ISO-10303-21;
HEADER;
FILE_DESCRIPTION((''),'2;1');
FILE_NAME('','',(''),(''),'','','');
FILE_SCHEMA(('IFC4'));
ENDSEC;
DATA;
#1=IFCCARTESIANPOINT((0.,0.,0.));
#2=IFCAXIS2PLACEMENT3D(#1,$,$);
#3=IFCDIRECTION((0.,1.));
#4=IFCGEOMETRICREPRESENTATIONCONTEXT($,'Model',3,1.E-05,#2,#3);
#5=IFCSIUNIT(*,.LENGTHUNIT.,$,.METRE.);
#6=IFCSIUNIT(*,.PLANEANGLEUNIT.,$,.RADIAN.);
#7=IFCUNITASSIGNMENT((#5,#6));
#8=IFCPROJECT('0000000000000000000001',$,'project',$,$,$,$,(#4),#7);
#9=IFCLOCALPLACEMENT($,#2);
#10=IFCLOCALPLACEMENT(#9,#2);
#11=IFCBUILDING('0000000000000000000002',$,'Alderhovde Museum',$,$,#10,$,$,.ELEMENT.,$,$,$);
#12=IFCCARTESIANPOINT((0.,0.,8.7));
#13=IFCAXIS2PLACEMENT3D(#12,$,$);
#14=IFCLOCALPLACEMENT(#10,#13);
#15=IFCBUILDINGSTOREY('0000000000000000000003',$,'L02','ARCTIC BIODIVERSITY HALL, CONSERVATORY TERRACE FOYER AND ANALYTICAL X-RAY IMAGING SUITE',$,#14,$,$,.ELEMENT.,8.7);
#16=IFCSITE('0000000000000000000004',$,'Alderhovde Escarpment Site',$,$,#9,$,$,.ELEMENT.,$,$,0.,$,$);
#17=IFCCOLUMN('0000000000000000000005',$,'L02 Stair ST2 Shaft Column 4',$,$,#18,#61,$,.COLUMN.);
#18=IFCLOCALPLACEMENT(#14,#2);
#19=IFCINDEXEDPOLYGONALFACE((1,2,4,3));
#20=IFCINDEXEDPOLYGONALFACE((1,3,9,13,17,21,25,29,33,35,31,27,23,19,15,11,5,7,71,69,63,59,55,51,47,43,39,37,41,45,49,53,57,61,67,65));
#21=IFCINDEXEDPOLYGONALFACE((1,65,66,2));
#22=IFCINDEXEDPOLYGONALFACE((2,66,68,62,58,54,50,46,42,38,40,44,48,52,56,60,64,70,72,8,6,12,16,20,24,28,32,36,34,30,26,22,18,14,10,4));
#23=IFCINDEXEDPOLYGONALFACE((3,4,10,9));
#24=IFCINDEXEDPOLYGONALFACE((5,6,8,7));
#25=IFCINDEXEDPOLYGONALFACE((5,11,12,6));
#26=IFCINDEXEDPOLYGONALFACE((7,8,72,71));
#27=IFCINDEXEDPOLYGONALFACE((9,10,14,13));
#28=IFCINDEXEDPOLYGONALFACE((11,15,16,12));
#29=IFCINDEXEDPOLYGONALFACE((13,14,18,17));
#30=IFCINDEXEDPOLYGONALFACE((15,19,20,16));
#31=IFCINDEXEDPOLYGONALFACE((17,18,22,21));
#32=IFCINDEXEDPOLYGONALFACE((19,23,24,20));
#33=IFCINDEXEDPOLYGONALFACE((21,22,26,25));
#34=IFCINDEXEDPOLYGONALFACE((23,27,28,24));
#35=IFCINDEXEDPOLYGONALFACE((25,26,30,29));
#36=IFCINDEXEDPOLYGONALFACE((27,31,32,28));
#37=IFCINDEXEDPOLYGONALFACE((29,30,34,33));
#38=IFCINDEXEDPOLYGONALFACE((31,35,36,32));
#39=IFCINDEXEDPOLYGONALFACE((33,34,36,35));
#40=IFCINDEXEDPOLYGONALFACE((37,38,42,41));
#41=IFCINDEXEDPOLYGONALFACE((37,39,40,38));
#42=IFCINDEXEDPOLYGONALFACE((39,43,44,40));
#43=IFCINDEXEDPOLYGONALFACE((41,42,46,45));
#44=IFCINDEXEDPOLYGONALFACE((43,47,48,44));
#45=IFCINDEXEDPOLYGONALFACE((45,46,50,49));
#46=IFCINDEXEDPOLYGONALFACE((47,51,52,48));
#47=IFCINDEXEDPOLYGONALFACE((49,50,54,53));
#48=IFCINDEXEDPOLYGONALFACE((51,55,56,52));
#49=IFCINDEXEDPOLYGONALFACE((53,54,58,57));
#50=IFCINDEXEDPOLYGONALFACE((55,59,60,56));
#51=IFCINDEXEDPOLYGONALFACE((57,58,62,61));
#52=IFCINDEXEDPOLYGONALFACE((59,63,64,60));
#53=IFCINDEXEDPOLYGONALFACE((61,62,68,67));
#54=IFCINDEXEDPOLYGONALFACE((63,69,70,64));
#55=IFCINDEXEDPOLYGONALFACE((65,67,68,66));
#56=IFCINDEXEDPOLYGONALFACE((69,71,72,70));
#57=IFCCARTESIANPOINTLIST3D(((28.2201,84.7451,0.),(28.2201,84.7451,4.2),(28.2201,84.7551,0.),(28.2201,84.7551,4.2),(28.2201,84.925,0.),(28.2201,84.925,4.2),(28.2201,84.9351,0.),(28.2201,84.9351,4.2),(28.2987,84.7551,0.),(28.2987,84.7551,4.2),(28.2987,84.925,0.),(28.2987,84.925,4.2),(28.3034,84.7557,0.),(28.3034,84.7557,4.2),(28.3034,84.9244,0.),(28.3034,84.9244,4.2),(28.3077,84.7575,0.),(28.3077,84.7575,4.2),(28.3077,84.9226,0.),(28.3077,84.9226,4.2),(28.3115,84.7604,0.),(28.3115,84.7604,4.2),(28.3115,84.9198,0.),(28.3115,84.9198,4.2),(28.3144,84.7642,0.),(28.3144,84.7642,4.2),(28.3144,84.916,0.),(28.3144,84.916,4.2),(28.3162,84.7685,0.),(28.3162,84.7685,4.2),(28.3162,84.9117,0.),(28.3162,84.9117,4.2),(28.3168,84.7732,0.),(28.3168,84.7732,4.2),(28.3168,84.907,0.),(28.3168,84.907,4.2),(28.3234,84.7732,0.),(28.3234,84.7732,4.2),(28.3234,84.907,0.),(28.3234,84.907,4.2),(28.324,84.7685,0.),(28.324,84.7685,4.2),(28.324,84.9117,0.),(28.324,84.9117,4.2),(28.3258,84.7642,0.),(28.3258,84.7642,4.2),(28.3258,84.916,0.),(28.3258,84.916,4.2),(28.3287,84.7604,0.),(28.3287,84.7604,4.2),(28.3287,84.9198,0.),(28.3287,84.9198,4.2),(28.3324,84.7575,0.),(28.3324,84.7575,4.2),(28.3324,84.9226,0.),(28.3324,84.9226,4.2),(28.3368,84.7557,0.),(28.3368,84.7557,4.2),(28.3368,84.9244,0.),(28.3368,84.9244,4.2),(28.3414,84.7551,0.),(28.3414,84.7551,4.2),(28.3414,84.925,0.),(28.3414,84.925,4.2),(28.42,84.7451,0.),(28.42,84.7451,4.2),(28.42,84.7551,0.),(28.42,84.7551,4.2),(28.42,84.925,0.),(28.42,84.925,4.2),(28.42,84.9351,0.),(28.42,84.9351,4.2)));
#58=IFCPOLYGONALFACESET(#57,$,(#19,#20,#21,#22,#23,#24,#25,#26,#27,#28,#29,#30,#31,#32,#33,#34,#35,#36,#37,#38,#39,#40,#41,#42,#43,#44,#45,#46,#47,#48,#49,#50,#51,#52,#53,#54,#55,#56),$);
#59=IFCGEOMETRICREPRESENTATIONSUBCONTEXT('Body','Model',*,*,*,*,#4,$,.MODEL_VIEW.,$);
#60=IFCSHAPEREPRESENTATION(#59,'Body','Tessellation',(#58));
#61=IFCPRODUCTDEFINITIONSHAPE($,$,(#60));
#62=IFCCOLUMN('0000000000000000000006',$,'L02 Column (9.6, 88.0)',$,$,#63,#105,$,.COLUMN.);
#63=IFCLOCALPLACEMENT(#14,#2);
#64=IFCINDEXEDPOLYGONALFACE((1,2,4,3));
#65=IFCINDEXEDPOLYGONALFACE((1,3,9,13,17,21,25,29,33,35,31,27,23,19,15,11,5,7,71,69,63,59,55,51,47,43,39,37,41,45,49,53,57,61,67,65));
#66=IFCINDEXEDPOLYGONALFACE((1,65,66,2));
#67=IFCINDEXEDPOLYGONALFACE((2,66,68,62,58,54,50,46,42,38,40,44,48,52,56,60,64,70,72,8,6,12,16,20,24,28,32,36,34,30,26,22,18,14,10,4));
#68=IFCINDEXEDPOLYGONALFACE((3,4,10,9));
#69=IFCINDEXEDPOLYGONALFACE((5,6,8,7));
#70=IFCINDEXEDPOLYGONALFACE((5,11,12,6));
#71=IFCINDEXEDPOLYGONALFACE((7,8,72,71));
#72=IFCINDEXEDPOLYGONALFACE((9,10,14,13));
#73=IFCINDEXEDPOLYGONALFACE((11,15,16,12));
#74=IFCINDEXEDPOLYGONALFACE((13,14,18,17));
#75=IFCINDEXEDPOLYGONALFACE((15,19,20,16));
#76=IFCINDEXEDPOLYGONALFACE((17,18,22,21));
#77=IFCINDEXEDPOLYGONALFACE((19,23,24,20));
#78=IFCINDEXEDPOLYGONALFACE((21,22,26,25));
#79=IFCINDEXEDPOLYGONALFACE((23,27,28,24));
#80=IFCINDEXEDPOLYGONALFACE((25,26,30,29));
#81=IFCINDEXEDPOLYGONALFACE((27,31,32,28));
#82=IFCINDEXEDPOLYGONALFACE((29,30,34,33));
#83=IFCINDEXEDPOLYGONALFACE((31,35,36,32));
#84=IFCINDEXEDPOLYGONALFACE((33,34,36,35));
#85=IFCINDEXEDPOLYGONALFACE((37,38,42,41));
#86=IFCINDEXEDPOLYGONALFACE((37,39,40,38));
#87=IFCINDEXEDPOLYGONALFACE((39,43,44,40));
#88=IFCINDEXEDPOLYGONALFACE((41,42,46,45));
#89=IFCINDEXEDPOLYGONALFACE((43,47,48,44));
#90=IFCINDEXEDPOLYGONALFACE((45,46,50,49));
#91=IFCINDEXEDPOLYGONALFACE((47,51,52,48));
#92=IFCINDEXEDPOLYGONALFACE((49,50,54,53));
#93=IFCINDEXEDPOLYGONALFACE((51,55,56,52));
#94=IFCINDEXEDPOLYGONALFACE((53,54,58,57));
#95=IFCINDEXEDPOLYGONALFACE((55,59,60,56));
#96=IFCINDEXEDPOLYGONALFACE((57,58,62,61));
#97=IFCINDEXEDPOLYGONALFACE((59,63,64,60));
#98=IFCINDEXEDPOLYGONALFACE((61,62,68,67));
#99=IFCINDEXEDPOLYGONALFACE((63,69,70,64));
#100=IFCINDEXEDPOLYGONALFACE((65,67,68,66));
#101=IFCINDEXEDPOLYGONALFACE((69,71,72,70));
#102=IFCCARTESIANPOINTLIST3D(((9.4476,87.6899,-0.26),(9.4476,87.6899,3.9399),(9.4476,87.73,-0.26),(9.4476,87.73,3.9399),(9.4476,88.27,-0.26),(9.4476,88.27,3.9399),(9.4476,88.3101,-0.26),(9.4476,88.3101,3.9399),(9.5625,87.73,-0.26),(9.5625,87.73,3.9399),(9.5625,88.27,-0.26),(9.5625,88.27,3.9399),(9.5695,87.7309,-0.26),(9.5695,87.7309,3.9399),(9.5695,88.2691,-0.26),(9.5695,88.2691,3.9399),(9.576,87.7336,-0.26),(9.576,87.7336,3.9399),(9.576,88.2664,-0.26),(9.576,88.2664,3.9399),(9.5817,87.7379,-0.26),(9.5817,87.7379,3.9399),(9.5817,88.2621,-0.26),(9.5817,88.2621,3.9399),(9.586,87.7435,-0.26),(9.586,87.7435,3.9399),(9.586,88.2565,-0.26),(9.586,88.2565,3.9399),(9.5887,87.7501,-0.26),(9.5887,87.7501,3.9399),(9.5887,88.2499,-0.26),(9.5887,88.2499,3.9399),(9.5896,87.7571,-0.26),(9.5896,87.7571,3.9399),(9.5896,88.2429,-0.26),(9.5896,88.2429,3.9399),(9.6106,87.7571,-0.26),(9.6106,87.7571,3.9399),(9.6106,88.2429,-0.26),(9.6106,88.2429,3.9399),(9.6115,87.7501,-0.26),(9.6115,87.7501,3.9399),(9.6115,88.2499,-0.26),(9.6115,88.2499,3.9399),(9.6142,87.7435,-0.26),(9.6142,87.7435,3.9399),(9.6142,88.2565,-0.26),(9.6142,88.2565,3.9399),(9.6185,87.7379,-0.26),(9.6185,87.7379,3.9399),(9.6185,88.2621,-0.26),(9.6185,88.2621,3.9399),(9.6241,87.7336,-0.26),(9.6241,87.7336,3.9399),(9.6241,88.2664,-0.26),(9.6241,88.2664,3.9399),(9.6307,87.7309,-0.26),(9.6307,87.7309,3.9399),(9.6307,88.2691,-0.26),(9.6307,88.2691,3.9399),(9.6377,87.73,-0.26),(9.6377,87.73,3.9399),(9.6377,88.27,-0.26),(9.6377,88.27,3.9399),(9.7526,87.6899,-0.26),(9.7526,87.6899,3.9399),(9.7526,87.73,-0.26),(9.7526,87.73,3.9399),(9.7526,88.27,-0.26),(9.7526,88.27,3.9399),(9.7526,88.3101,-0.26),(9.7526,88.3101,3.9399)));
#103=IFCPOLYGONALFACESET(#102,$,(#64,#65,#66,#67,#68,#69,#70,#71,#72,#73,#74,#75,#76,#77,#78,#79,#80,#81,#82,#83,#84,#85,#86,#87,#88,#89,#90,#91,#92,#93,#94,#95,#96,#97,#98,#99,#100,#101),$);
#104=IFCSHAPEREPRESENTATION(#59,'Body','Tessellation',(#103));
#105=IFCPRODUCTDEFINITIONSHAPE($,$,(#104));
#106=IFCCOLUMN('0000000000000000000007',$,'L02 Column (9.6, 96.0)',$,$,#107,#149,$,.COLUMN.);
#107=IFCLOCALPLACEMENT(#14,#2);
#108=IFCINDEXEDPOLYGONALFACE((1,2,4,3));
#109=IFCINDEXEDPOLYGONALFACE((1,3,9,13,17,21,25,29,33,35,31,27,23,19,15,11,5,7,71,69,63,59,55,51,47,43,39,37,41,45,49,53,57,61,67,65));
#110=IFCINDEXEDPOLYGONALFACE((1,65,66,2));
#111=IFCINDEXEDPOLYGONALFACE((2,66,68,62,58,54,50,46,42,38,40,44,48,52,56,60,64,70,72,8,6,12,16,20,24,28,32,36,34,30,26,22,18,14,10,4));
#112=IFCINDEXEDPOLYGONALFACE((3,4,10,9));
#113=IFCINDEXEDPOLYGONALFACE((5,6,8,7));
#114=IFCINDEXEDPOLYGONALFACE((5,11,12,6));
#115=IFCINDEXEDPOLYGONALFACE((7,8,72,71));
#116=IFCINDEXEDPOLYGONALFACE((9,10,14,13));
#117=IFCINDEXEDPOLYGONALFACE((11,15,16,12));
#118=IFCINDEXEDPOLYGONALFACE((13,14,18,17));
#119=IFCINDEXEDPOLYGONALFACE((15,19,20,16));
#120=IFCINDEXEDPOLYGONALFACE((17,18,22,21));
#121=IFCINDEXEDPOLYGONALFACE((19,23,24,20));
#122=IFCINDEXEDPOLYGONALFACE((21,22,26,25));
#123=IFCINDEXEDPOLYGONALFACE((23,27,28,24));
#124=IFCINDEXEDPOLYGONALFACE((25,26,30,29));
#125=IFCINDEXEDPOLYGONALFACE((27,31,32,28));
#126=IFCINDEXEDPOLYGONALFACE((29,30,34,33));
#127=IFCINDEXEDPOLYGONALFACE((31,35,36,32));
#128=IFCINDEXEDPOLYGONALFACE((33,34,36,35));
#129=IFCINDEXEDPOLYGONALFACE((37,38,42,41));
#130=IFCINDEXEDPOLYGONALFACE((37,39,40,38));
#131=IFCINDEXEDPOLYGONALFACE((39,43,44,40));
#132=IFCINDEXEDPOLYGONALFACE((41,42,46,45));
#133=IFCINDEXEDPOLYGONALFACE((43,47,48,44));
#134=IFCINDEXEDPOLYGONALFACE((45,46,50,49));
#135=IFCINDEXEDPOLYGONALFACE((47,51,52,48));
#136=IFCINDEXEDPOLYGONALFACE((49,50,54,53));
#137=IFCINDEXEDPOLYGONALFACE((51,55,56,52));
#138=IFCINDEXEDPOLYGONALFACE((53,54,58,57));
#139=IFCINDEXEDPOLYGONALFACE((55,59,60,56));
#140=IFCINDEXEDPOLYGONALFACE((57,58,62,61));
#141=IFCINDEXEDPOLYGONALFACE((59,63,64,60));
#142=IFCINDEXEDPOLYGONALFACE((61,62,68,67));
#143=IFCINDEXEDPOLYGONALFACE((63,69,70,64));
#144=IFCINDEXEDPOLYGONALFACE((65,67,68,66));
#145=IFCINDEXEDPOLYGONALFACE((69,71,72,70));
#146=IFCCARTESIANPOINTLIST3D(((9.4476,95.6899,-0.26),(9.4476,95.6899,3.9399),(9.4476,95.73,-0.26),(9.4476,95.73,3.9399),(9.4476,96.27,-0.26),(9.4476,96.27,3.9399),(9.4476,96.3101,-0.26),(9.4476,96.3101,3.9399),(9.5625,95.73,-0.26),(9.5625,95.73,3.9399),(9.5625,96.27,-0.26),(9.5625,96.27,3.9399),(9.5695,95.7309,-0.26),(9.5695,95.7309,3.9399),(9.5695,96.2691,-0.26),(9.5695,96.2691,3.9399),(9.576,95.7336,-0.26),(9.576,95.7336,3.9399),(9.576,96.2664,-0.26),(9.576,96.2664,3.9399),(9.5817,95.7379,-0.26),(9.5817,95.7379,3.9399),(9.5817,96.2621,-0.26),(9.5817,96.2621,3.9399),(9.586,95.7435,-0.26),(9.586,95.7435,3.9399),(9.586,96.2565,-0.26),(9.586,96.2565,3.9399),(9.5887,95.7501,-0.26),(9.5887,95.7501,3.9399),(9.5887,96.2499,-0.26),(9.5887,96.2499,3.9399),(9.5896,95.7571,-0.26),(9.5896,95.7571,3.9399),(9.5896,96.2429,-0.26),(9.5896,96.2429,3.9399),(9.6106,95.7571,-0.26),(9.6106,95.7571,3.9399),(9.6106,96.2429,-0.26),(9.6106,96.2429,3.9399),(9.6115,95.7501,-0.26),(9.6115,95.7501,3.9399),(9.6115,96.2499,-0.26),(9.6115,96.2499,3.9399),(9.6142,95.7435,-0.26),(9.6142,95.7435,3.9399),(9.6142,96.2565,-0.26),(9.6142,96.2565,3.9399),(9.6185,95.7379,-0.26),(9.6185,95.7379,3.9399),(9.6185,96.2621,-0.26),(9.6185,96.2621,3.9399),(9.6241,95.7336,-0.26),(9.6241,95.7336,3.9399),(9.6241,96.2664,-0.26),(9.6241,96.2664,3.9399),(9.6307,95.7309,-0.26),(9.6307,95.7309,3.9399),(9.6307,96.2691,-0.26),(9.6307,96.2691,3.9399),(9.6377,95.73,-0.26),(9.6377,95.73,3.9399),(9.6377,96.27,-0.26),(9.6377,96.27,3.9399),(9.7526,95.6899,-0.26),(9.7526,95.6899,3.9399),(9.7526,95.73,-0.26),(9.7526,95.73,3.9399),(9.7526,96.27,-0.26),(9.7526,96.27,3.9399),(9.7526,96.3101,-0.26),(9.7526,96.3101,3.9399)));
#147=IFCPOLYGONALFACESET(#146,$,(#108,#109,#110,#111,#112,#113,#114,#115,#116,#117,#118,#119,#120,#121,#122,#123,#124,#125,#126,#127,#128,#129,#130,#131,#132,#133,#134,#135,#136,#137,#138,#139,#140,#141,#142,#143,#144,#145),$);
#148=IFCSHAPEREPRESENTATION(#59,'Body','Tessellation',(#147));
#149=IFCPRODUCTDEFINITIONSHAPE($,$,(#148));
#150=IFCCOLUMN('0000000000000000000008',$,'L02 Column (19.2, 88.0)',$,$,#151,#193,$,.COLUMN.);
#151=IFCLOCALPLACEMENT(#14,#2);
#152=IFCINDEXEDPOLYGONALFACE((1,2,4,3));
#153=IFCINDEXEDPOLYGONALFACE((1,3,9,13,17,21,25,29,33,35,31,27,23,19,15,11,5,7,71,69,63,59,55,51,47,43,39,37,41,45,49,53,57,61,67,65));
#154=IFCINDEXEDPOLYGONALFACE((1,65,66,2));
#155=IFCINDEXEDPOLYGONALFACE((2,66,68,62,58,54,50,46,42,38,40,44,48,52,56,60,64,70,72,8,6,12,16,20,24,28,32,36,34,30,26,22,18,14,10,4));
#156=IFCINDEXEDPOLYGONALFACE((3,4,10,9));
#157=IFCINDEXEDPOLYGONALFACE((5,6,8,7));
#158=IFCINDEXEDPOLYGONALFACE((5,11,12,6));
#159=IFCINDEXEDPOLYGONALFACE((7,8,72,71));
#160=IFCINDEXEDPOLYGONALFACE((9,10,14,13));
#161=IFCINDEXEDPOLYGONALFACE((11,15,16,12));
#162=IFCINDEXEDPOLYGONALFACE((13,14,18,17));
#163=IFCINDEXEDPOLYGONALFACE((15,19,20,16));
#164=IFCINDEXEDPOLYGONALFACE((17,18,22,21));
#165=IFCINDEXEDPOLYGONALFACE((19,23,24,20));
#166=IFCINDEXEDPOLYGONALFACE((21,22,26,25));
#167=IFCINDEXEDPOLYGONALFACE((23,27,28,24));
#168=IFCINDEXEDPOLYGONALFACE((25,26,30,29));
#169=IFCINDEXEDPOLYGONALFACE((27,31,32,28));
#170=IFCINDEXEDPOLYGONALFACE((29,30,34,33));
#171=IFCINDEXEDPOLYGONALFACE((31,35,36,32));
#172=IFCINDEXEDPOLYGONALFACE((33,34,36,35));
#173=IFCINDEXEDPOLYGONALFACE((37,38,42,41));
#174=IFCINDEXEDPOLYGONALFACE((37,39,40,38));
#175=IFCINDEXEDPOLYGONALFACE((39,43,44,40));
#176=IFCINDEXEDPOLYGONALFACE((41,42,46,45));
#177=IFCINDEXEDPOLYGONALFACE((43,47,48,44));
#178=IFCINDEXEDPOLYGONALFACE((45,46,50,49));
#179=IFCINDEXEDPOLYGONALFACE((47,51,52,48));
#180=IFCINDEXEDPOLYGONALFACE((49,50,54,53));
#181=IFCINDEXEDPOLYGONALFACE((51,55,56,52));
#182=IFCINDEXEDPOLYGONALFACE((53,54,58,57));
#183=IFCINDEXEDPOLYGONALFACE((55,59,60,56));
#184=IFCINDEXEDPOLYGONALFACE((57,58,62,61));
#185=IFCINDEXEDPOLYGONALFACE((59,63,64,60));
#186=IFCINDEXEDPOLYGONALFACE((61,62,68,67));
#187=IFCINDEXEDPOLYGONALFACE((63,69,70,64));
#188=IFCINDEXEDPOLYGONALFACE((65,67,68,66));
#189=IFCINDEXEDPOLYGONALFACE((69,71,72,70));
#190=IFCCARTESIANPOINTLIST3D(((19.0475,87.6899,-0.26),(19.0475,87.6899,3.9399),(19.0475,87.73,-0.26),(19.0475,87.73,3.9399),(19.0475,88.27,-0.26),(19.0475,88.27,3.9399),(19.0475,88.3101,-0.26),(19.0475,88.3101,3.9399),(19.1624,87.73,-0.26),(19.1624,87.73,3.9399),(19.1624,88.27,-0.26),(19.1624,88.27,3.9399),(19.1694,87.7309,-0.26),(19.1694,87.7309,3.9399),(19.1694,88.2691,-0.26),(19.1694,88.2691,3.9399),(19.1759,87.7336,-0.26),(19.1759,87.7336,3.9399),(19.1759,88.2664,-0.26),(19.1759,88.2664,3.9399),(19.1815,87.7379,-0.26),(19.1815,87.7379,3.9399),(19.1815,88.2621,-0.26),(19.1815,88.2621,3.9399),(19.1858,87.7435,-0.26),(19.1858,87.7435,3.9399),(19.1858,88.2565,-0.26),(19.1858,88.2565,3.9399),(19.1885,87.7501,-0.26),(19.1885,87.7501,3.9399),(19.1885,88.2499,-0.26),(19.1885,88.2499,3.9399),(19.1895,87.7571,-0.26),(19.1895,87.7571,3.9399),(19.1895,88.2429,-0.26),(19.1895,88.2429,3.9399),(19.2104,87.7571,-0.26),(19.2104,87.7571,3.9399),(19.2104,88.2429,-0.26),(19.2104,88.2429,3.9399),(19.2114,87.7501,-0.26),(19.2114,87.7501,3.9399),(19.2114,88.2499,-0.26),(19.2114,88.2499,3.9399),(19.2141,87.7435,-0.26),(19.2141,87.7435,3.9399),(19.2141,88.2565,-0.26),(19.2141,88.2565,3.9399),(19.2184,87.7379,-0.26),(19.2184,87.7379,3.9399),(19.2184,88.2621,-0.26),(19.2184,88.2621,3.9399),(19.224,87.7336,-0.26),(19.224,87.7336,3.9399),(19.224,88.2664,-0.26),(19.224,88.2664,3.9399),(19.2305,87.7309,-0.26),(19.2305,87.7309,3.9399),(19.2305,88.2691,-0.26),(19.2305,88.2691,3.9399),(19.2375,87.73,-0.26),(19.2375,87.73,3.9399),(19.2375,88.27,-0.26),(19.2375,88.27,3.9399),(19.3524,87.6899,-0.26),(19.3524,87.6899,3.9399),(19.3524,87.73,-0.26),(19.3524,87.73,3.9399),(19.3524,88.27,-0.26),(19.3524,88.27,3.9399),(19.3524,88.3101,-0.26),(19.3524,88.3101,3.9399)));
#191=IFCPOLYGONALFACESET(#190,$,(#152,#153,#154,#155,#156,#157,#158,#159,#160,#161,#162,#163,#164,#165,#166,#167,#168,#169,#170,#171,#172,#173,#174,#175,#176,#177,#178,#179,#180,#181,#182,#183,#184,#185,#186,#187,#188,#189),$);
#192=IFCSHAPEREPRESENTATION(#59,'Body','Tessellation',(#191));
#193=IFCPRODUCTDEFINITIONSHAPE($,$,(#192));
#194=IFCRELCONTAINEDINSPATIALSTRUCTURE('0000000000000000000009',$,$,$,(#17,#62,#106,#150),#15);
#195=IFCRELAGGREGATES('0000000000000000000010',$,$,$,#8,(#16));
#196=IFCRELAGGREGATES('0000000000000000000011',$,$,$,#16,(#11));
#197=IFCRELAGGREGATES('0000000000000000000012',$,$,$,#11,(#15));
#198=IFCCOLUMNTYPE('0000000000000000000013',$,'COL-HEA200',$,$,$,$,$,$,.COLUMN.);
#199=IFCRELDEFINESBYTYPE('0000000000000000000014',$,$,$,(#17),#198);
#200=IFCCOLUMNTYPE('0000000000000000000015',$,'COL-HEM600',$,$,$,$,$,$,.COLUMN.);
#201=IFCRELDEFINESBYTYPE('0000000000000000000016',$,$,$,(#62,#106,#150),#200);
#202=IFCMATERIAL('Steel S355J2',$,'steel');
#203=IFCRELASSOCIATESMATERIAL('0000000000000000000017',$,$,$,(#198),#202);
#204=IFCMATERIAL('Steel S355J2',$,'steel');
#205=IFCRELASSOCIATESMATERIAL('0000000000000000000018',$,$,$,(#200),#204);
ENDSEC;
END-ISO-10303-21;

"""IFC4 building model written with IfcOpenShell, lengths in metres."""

from ifc_helpers import new_model, si_unit, direction, frame, origin, origin_2d, place, context, subcontext, project, spatial, i_section, extrude, material, material_profile, profile_set, type_object, element, save


model = new_model("IFC4")

# Units and contexts
model_context = context("Model", 3, precision=1e-05, world=origin(), true_north=direction((0.0, 1.0)))
body_context = subcontext(model_context, "Body", "Model", "MODEL_VIEW")
ifc_project = project(units=[si_unit("LENGTHUNIT", "METRE"), si_unit("PLANEANGLEUNIT", "RADIAN")], contexts=[model_context])

# Site, building, storey
site_placement = place(None, origin())
site = spatial("IfcSite", under=ifc_project, at=site_placement, Name="Alderhovde Escarpment Site", CompositionType="ELEMENT", RefElevation=0.0)
building_placement = place(site_placement, origin())
building = spatial("IfcBuilding", under=site, at=building_placement, Name="Alderhovde Museum", CompositionType="ELEMENT")
storey_placement = place(building_placement, frame((0.0, 0.0, 8.7)))
storey = spatial("IfcBuildingStorey", under=building, at=storey_placement, Name="L02", Description="ARCTIC BIODIVERSITY HALL, CONSERVATORY TERRACE FOYER AND ANALYTICAL X-RAY IMAGING SUITE", CompositionType="ELEMENT", Elevation=8.7)

# Columns
ifc_material_1 = material(Name="Steel S355J2", Category="steel")
ifc_material_profile_1 = material_profile(ifc_material_1, i_section(OverallWidth=0.2, OverallDepth=0.1899, WebThickness=0.0066, FlangeThickness=0.01, FilletRadius=0.0181, at=origin_2d()), Name="HEA 200")
ifc_profile_set_1 = profile_set([ifc_material_profile_1], Name="Steel S355J2")
column_type_1 = type_object("IfcColumnType", Name="COL-HEA200", PredefinedType="COLUMN", material=ifc_profile_set_1)
column_placement = place(storey_placement, frame((28.3201, 84.8401, 0.0), z_axis=(0.0, 0.0, 1.0), x_axis=(1.0, 0.0, 0.0)))
element("IfcColumn", 1, at=column_placement, inside=storey, type_object=column_type_1, Name="L02 Stair ST2 Shaft Column 4", PredefinedType="COLUMN", context=body_context, shape_type="SweptSolid", body=[
    extrude(i_section(OverallWidth=0.2, OverallDepth=0.1899, WebThickness=0.0066, FlangeThickness=0.01, FilletRadius=0.0181, at=origin_2d()), origin(), (0.0, 0.0, 1.0), 4.2),
])
ifc_material_2 = material(Name="Steel S355J2", Category="steel")
ifc_material_profile_2 = material_profile(ifc_material_2, i_section(OverallWidth=0.3049, OverallDepth=0.6201, WebThickness=0.021, FlangeThickness=0.04, FilletRadius=0.0271, at=origin_2d()), Name="HEM 600")
ifc_profile_set_2 = profile_set([ifc_material_profile_2], Name="Steel S355J2")
column_type_2 = type_object("IfcColumnType", Name="COL-HEM600", PredefinedType="COLUMN", material=ifc_profile_set_2)
for number, where, z_axis, x_axis, name in (
    (2, (9.6001, 88.0, -0.26), (0.0, 0.0, 1.0), (1.0, 0.0, 0.0), "L02 Column (9.6, 88.0)"),
    (3, (9.6001, 96.0, -0.26), (0.0, 0.0, 1.0), (1.0, 0.0, 0.0), "L02 Column (9.6, 96.0)"),
    (4, (19.2, 88.0, -0.26), (0.0, 0.0, 1.0), (1.0, 0.0, 0.0), "L02 Column (19.2, 88.0)"),
):
    element("IfcColumn", number, at=place(storey_placement, frame(where, z_axis=z_axis, x_axis=x_axis)), inside=storey, type_object=column_type_2, Name=name, PredefinedType="COLUMN", context=body_context, shape_type="SweptSolid", body=[
        extrude(i_section(OverallWidth=0.3049, OverallDepth=0.6201, WebThickness=0.021, FlangeThickness=0.04, FilletRadius=0.0271, at=origin_2d()), origin(), (0.0, 0.0, 1.0), 4.2),
    ])

save(model, "model.ifc")
